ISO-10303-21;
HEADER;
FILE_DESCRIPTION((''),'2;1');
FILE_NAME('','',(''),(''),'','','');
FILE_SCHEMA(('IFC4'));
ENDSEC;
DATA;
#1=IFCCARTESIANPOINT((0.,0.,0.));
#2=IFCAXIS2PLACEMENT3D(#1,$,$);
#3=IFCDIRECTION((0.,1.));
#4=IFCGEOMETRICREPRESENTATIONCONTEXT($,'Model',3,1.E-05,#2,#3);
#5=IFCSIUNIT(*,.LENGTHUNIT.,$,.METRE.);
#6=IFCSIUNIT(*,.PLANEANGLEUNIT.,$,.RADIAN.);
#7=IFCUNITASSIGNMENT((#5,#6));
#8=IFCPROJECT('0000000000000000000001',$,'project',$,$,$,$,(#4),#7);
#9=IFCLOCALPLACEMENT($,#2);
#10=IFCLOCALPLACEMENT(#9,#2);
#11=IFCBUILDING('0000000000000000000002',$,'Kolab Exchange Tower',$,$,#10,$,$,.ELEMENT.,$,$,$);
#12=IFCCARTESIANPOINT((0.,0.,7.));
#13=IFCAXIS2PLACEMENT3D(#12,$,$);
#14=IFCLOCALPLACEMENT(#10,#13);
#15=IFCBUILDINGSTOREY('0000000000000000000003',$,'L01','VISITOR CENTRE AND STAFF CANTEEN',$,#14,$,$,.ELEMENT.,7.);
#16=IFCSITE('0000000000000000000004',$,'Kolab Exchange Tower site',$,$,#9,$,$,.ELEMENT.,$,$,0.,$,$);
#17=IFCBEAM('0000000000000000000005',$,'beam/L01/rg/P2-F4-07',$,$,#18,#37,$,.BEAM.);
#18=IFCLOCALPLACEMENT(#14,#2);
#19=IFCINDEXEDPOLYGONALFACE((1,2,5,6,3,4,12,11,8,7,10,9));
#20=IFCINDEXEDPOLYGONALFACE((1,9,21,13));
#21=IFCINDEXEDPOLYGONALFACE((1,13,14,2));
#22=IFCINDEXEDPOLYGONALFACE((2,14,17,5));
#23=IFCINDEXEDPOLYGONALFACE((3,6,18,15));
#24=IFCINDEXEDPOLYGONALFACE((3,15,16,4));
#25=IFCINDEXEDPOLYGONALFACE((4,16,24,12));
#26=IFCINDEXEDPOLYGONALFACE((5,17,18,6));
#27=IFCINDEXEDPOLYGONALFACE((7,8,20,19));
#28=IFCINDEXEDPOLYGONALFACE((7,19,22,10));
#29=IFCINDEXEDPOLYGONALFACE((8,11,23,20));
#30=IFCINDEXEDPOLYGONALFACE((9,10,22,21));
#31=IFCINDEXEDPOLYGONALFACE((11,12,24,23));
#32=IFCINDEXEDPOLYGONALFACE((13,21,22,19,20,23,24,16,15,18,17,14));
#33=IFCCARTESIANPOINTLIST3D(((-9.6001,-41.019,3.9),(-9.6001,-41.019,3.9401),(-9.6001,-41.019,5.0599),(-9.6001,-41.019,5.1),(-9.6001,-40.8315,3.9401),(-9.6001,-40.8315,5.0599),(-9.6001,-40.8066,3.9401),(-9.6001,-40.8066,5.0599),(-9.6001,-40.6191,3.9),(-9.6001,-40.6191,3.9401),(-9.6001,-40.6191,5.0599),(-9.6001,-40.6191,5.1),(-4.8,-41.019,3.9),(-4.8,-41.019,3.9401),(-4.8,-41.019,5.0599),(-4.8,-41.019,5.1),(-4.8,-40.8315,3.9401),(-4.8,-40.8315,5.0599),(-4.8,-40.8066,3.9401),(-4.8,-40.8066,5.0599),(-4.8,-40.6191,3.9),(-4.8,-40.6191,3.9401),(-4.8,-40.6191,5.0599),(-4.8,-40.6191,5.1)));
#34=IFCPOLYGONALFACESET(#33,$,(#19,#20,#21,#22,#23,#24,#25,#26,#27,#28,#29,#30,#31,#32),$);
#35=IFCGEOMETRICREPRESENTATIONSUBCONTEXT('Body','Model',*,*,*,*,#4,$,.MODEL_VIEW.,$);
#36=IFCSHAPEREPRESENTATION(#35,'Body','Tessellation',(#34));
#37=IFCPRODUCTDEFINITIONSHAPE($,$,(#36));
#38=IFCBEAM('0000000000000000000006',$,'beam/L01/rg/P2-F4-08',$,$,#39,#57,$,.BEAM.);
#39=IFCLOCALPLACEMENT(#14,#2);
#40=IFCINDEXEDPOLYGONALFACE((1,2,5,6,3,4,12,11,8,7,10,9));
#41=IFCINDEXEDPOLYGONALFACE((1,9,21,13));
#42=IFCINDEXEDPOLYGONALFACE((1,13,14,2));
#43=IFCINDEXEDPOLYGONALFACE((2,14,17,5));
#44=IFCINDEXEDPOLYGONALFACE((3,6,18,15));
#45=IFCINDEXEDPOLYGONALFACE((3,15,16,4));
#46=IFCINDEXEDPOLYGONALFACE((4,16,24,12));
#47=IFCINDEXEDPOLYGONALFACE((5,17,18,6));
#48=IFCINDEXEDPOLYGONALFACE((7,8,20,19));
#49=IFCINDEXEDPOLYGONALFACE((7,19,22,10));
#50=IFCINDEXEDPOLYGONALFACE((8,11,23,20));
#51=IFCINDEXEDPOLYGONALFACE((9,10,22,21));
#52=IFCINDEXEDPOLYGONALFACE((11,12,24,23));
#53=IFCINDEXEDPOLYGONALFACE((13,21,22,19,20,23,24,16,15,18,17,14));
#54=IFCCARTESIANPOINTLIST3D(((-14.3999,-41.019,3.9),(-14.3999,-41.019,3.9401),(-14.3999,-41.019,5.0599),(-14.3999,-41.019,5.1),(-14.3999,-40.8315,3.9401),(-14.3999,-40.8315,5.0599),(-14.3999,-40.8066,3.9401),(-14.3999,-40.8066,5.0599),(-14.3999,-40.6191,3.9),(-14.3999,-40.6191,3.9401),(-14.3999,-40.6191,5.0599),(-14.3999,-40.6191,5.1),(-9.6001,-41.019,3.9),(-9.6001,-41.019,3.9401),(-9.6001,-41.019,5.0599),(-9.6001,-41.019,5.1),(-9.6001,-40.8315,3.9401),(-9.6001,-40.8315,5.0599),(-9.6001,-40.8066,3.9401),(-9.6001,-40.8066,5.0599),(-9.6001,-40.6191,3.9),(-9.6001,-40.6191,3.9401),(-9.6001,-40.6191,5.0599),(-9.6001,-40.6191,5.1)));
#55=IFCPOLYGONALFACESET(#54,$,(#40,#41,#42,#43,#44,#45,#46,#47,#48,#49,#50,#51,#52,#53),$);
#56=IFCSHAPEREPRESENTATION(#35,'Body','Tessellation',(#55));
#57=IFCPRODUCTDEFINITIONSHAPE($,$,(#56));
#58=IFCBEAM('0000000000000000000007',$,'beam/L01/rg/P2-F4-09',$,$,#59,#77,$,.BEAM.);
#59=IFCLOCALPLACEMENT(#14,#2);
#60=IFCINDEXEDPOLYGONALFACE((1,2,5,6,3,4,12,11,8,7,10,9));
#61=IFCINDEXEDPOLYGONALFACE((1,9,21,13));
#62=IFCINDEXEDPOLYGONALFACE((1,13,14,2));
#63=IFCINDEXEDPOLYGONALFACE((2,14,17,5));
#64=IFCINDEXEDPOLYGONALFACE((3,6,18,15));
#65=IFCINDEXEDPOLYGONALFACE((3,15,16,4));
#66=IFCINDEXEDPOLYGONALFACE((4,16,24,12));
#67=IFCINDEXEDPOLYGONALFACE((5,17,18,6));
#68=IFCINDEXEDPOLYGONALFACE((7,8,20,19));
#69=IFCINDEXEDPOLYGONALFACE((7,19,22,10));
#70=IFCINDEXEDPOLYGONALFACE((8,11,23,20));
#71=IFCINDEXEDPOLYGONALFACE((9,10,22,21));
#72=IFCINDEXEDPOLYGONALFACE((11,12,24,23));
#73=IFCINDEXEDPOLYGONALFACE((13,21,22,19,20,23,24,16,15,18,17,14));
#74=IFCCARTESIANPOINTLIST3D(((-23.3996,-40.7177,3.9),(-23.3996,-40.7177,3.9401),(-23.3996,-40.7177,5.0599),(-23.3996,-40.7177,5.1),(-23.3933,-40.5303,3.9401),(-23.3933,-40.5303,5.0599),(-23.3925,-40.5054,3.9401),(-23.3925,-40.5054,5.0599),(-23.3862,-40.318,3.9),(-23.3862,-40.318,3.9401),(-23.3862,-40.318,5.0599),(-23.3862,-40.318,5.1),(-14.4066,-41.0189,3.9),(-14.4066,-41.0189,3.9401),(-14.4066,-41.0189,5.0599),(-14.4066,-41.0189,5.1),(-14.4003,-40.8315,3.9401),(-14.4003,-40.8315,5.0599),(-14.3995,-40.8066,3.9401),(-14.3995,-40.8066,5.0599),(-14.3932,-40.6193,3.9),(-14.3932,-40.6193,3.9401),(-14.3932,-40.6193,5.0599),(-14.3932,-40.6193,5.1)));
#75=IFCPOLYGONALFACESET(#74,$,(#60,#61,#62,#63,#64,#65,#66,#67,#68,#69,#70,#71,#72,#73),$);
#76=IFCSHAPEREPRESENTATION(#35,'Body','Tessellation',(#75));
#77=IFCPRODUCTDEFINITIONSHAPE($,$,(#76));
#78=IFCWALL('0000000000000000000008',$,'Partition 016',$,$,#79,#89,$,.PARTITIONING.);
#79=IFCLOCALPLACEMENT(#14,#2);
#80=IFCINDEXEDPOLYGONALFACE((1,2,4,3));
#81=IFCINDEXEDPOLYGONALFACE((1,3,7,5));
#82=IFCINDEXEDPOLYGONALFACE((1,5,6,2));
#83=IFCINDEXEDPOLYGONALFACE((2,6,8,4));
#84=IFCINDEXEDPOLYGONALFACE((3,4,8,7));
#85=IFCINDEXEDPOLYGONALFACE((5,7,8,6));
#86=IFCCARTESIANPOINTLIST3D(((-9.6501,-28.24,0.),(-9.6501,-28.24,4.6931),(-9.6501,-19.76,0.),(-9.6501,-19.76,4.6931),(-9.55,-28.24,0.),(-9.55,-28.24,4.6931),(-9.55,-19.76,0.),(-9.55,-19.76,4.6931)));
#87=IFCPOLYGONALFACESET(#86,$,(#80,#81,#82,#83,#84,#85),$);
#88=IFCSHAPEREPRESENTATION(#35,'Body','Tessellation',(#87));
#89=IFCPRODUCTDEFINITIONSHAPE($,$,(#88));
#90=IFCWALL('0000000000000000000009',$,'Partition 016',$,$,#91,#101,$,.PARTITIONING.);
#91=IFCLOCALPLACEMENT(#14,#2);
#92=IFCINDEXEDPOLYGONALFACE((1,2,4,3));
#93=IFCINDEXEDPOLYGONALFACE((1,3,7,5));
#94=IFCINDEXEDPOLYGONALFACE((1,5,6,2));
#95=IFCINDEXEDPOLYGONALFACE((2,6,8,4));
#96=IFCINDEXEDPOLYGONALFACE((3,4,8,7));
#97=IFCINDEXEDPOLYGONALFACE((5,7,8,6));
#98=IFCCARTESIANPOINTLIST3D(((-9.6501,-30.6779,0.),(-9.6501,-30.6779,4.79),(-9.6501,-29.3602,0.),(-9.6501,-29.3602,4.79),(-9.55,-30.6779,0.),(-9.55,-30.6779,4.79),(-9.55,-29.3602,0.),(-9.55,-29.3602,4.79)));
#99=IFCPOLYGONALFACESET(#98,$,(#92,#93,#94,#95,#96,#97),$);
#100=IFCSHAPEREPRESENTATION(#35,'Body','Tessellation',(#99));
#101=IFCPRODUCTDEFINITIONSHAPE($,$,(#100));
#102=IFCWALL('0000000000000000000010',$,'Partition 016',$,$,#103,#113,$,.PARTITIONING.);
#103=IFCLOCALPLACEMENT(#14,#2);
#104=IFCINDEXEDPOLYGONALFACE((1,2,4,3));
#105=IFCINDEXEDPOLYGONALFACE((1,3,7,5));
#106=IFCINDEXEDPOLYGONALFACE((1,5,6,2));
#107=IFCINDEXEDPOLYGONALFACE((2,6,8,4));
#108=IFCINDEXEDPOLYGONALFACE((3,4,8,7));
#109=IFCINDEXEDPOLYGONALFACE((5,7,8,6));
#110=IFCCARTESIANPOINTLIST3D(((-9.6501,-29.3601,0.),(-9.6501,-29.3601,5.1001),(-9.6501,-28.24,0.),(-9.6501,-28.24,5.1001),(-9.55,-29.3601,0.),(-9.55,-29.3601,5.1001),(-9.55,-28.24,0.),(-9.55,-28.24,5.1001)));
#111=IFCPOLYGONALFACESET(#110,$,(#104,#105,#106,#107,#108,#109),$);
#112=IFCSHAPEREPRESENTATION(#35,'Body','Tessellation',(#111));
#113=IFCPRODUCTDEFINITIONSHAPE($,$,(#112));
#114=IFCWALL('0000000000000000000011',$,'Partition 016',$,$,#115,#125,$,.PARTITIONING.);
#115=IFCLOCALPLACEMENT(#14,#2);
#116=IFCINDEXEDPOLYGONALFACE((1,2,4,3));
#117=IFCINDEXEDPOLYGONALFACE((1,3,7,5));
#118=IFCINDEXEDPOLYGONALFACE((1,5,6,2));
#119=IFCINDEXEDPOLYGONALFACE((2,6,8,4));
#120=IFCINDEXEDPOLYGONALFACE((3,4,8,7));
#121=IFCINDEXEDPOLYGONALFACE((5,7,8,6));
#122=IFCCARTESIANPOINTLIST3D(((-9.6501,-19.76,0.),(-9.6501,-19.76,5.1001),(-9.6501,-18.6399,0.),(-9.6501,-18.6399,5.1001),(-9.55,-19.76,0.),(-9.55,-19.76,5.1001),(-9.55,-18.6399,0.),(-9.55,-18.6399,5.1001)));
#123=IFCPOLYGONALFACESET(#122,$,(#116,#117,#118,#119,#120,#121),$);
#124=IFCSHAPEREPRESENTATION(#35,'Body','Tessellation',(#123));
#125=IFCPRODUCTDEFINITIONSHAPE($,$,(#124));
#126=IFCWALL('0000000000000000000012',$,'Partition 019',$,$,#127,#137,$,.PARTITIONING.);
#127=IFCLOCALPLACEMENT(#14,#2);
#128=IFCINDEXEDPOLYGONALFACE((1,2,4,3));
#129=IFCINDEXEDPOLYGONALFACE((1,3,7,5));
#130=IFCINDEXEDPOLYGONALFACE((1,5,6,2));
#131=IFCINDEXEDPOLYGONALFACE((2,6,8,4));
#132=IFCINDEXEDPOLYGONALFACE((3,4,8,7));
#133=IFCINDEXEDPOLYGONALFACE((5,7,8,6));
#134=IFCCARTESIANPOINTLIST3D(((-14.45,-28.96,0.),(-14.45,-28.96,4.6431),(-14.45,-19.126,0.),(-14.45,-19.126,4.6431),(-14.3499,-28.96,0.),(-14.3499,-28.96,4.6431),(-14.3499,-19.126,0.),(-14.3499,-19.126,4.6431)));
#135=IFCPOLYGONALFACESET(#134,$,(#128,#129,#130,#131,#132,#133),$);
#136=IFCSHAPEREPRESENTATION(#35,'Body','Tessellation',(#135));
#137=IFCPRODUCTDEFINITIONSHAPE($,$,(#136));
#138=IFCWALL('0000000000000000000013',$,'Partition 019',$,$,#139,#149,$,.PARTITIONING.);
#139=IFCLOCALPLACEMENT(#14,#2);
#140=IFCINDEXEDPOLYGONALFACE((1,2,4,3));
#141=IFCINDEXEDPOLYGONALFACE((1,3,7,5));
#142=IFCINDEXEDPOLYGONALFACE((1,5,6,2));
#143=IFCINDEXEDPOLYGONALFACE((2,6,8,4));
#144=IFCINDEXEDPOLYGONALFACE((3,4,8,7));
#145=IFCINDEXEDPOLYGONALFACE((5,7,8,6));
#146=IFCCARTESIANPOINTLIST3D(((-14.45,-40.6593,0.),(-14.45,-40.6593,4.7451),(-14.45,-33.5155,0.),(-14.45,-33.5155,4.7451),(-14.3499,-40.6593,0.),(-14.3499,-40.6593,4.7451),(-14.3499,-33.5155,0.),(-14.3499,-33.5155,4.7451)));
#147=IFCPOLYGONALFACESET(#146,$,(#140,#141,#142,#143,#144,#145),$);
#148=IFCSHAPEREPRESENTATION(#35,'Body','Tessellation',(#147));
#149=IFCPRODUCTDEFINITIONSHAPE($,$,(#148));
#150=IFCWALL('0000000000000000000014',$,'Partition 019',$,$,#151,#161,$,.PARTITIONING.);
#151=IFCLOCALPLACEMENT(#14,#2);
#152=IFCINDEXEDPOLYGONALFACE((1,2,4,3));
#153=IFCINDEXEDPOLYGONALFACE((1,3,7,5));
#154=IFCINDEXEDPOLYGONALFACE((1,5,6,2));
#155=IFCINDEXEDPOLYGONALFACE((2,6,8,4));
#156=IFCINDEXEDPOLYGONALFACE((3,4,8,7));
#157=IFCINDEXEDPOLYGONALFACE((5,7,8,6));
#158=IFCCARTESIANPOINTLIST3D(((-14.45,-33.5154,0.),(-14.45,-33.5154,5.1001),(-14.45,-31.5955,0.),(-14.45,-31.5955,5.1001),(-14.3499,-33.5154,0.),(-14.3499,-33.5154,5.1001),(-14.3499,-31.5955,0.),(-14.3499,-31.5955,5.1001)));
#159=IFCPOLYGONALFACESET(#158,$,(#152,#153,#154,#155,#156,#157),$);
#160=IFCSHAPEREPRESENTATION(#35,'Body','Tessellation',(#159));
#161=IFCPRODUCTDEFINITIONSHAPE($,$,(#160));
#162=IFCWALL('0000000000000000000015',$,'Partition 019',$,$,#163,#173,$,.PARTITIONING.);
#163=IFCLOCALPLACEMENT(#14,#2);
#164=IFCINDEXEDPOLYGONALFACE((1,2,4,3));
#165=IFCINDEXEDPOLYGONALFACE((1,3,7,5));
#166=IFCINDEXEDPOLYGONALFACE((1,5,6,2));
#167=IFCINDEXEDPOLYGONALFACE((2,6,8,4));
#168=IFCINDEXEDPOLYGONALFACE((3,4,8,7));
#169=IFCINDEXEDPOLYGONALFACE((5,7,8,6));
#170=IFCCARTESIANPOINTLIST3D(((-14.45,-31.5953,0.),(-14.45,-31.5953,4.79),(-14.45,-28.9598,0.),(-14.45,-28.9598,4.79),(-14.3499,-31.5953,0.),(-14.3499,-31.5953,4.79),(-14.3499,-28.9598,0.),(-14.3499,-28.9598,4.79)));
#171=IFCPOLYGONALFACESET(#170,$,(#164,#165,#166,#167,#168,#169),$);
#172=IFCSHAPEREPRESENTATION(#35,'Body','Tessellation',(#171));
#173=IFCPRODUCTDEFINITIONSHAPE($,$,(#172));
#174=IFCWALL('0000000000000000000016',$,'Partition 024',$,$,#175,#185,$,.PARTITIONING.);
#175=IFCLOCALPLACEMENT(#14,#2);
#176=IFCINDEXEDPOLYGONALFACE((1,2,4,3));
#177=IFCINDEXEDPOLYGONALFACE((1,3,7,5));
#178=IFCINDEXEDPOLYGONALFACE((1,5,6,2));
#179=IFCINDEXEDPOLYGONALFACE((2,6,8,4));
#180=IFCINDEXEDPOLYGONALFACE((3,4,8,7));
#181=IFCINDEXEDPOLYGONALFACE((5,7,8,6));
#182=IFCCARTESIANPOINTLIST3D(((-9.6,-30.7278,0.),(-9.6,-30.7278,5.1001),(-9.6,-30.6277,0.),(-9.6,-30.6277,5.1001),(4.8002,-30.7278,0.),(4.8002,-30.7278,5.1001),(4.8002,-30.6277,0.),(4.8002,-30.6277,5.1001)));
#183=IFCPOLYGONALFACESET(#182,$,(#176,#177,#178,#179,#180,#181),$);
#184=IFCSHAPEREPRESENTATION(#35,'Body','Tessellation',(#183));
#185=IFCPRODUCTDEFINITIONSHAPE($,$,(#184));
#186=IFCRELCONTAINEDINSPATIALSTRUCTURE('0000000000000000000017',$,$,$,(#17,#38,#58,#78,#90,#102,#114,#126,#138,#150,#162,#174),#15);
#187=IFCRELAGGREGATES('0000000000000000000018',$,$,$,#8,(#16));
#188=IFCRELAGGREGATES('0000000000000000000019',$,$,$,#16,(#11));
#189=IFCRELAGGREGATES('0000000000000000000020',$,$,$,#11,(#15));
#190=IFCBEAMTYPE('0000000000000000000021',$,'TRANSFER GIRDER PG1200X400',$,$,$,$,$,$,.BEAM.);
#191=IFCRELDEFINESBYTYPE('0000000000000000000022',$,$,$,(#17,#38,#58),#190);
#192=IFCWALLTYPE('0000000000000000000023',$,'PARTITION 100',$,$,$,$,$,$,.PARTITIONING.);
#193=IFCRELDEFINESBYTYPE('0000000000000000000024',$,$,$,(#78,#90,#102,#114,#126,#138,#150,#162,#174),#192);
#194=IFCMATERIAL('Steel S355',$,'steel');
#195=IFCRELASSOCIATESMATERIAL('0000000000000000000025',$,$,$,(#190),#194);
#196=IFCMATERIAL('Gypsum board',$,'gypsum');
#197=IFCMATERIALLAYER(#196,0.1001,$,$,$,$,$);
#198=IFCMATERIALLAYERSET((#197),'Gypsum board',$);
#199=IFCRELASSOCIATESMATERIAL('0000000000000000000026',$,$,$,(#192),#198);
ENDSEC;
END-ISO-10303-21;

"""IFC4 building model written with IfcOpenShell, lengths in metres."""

from ifc_helpers import new_model, si_unit, direction, frame, frame_2d, origin, origin_2d, place, context, subcontext, project, spatial, rectangle, i_section, extrude, material, layer, layer_set, material_profile, profile_set, type_object, element, save


model = new_model("IFC4")

# Units and contexts
model_context = context("Model", 3, precision=1e-05, world=origin(), true_north=direction((0.0, 1.0)))
body_context = subcontext(model_context, "Body", "Model", "MODEL_VIEW")
ifc_project = project(units=[si_unit("LENGTHUNIT", "METRE"), si_unit("PLANEANGLEUNIT", "RADIAN")], contexts=[model_context])

# Site, building, storey
site_placement = place(None, origin())
site = spatial("IfcSite", under=ifc_project, at=site_placement, Name="Kolab Exchange Tower site", CompositionType="ELEMENT", RefElevation=0.0)
building_placement = place(site_placement, origin())
building = spatial("IfcBuilding", under=site, at=building_placement, Name="Kolab Exchange Tower", CompositionType="ELEMENT")
storey_placement = place(building_placement, frame((0.0, 0.0, 7.0)))
storey = spatial("IfcBuildingStorey", under=building, at=storey_placement, Name="L01", Description="VISITOR CENTRE AND STAFF CANTEEN", CompositionType="ELEMENT", Elevation=7.0)

# Beams
ifc_material_1 = material(Name="Steel S355", Category="steel")
ifc_material_profile_1 = material_profile(ifc_material_1, i_section(OverallWidth=0.3999, OverallDepth=1.2, WebThickness=0.0249, FlangeThickness=0.04, at=origin_2d()), Name="PG1200X400")
ifc_profile_set_1 = profile_set([ifc_material_profile_1], Name="Steel S355")
beam_type_1 = type_object("IfcBeamType", Name="TRANSFER GIRDER PG1200X400", PredefinedType="BEAM", material=ifc_profile_set_1)
beam_1_placement = place(storey_placement, frame((-4.8, -40.8191, 4.5), z_axis=(-1.0, 0.0, 0.0), x_axis=(0.0, -1.0, 0.0)))
element("IfcBeam", 1, at=beam_1_placement, inside=storey, type_object=beam_type_1, Name="beam/L01/rg/P2-F4-07", PredefinedType="BEAM", context=body_context, shape_type="SweptSolid", body=[
    extrude(i_section(OverallWidth=0.3999, OverallDepth=1.2, WebThickness=0.0249, FlangeThickness=0.04, at=origin_2d()), origin(), (0.0, 0.0, 1.0), 4.8),
])
beam_2_placement = place(storey_placement, frame((-9.6001, -40.8191, 4.5), z_axis=(-1.0, 0.0, 0.0), x_axis=(0.0, -1.0, 0.0)))
element("IfcBeam", 2, at=beam_2_placement, inside=storey, type_object=beam_type_1, Name="beam/L01/rg/P2-F4-08", PredefinedType="BEAM", context=body_context, shape_type="SweptSolid", body=[
    extrude(i_section(OverallWidth=0.3999, OverallDepth=1.2, WebThickness=0.0249, FlangeThickness=0.04, at=origin_2d()), origin(), (0.0, 0.0, 1.0), 4.7998),
])
beam_3_placement = place(storey_placement, frame((-14.3999, -40.8191, 4.5), z_axis=(-0.999439, 0.033482, 0.0), x_axis=(-0.033482, -0.999439, 0.0)))
element("IfcBeam", 3, at=beam_3_placement, inside=storey, type_object=beam_type_1, Name="beam/L01/rg/P2-F4-09", PredefinedType="BEAM", context=body_context, shape_type="SweptSolid", body=[
    extrude(i_section(OverallWidth=0.3999, OverallDepth=1.2, WebThickness=0.0249, FlangeThickness=0.04, at=origin_2d()), origin(), (0.0, 0.0, 1.0), 8.998),
])

# Walls
ifc_material_2 = material(Name="Gypsum board", Category="gypsum")
ifc_layer = layer(ifc_material_2, 0.1001)
ifc_layer_set = layer_set([ifc_layer], Name="Gypsum board")
wall_type = type_object("IfcWallType", Name="PARTITION 100", PredefinedType="PARTITIONING", material=ifc_layer_set)
wall_1_placement = place(storey_placement, frame((-9.6001, -28.24, 0.0), z_axis=(0.0, 0.0, 1.0), x_axis=(0.0, 1.0, 0.0)))
element("IfcWall", 4, at=wall_1_placement, inside=storey, type_object=wall_type, Name="Partition 016", PredefinedType="PARTITIONING", context=body_context, shape_type="SweptSolid", body=[
    extrude(rectangle(XDim=8.48, YDim=0.1001, at=frame_2d((4.24, 0.0))), origin(), (0.0, 0.0, 1.0), 4.6931),
])
wall_2_placement = place(storey_placement, frame((-9.6001, -30.6777, 0.0), z_axis=(0.0, 0.0, 1.0), x_axis=(0.0, 1.0, 0.0)))
element("IfcWall", 5, at=wall_2_placement, inside=storey, type_object=wall_type, Name="Partition 016", PredefinedType="PARTITIONING", context=body_context, shape_type="SweptSolid", body=[
    extrude(rectangle(XDim=1.3176, YDim=0.1001, at=frame_2d((0.6587, 0.0))), origin(), (0.0, 0.0, 1.0), 4.79),
])
for number, where, z_axis, x_axis, name in (
    (6, (-9.6001, -29.3601, 0.0), (0.0, 0.0, 1.0), (0.0, 1.0, 0.0), "Partition 016"),
    (7, (-9.6001, -19.76, 0.0), (0.0, 0.0, 1.0), (0.0, 1.0, 0.0), "Partition 016"),
):
    element("IfcWall", number, at=place(storey_placement, frame(where, z_axis=z_axis, x_axis=x_axis)), inside=storey, type_object=wall_type, Name=name, PredefinedType="PARTITIONING", context=body_context, shape_type="SweptSolid", body=[
        extrude(rectangle(XDim=1.1201, YDim=0.1001, at=frame_2d((0.5601, 0.0))), origin(), (0.0, 0.0, 1.0), 5.1001),
    ])
wall_3_placement = place(storey_placement, frame((-14.3999, -28.96, 0.0), z_axis=(0.0, 0.0, 1.0), x_axis=(0.0, 1.0, 0.0)))
element("IfcWall", 8, at=wall_3_placement, inside=storey, type_object=wall_type, Name="Partition 019", PredefinedType="PARTITIONING", context=body_context, shape_type="SweptSolid", body=[
    extrude(rectangle(XDim=9.834, YDim=0.1001, at=frame_2d((4.917, 0.0))), origin(), (0.0, 0.0, 1.0), 4.6431),
])
wall_4_placement = place(storey_placement, frame((-14.3999, -40.6592, 0.0), z_axis=(0.0, 0.0, 1.0), x_axis=(0.0, 1.0, 0.0)))
element("IfcWall", 9, at=wall_4_placement, inside=storey, type_object=wall_type, Name="Partition 019", PredefinedType="PARTITIONING", context=body_context, shape_type="SweptSolid", body=[
    extrude(rectangle(XDim=7.1438, YDim=0.1001, at=frame_2d((3.5718, 0.0))), origin(), (0.0, 0.0, 1.0), 4.7451),
])
wall_5_placement = place(storey_placement, frame((-14.3999, -33.5154, 0.0), z_axis=(0.0, 0.0, 1.0), x_axis=(0.0, 1.0, 0.0)))
element("IfcWall", 10, at=wall_5_placement, inside=storey, type_object=wall_type, Name="Partition 019", PredefinedType="PARTITIONING", context=body_context, shape_type="SweptSolid", body=[
    extrude(rectangle(XDim=1.9199, YDim=0.1001, at=frame_2d((0.96, 0.0))), origin(), (0.0, 0.0, 1.0), 5.1001),
])
wall_6_placement = place(storey_placement, frame((-14.3999, -31.5955, 0.0), z_axis=(0.0, 0.0, 1.0), x_axis=(0.0, 1.0, 0.0)))
element("IfcWall", 11, at=wall_6_placement, inside=storey, type_object=wall_type, Name="Partition 019", PredefinedType="PARTITIONING", context=body_context, shape_type="SweptSolid", body=[
    extrude(rectangle(XDim=2.6355, YDim=0.1001, at=frame_2d((1.3179, 0.0))), origin(), (0.0, 0.0, 1.0), 4.79),
])
wall_7_placement = place(storey_placement, frame((-9.6001, -30.6777, 0.0), z_axis=(0.0, 0.0, 1.0), x_axis=(1.0, 0.0, 0.0)))
element("IfcWall", 12, at=wall_7_placement, inside=storey, type_object=wall_type, Name="Partition 024", PredefinedType="PARTITIONING", context=body_context, shape_type="SweptSolid", body=[
    extrude(rectangle(XDim=14.4001, YDim=0.1001, at=frame_2d((7.2002, 0.0))), origin(), (0.0, 0.0, 1.0), 5.1001),
])

save(model, "model.ifc")
